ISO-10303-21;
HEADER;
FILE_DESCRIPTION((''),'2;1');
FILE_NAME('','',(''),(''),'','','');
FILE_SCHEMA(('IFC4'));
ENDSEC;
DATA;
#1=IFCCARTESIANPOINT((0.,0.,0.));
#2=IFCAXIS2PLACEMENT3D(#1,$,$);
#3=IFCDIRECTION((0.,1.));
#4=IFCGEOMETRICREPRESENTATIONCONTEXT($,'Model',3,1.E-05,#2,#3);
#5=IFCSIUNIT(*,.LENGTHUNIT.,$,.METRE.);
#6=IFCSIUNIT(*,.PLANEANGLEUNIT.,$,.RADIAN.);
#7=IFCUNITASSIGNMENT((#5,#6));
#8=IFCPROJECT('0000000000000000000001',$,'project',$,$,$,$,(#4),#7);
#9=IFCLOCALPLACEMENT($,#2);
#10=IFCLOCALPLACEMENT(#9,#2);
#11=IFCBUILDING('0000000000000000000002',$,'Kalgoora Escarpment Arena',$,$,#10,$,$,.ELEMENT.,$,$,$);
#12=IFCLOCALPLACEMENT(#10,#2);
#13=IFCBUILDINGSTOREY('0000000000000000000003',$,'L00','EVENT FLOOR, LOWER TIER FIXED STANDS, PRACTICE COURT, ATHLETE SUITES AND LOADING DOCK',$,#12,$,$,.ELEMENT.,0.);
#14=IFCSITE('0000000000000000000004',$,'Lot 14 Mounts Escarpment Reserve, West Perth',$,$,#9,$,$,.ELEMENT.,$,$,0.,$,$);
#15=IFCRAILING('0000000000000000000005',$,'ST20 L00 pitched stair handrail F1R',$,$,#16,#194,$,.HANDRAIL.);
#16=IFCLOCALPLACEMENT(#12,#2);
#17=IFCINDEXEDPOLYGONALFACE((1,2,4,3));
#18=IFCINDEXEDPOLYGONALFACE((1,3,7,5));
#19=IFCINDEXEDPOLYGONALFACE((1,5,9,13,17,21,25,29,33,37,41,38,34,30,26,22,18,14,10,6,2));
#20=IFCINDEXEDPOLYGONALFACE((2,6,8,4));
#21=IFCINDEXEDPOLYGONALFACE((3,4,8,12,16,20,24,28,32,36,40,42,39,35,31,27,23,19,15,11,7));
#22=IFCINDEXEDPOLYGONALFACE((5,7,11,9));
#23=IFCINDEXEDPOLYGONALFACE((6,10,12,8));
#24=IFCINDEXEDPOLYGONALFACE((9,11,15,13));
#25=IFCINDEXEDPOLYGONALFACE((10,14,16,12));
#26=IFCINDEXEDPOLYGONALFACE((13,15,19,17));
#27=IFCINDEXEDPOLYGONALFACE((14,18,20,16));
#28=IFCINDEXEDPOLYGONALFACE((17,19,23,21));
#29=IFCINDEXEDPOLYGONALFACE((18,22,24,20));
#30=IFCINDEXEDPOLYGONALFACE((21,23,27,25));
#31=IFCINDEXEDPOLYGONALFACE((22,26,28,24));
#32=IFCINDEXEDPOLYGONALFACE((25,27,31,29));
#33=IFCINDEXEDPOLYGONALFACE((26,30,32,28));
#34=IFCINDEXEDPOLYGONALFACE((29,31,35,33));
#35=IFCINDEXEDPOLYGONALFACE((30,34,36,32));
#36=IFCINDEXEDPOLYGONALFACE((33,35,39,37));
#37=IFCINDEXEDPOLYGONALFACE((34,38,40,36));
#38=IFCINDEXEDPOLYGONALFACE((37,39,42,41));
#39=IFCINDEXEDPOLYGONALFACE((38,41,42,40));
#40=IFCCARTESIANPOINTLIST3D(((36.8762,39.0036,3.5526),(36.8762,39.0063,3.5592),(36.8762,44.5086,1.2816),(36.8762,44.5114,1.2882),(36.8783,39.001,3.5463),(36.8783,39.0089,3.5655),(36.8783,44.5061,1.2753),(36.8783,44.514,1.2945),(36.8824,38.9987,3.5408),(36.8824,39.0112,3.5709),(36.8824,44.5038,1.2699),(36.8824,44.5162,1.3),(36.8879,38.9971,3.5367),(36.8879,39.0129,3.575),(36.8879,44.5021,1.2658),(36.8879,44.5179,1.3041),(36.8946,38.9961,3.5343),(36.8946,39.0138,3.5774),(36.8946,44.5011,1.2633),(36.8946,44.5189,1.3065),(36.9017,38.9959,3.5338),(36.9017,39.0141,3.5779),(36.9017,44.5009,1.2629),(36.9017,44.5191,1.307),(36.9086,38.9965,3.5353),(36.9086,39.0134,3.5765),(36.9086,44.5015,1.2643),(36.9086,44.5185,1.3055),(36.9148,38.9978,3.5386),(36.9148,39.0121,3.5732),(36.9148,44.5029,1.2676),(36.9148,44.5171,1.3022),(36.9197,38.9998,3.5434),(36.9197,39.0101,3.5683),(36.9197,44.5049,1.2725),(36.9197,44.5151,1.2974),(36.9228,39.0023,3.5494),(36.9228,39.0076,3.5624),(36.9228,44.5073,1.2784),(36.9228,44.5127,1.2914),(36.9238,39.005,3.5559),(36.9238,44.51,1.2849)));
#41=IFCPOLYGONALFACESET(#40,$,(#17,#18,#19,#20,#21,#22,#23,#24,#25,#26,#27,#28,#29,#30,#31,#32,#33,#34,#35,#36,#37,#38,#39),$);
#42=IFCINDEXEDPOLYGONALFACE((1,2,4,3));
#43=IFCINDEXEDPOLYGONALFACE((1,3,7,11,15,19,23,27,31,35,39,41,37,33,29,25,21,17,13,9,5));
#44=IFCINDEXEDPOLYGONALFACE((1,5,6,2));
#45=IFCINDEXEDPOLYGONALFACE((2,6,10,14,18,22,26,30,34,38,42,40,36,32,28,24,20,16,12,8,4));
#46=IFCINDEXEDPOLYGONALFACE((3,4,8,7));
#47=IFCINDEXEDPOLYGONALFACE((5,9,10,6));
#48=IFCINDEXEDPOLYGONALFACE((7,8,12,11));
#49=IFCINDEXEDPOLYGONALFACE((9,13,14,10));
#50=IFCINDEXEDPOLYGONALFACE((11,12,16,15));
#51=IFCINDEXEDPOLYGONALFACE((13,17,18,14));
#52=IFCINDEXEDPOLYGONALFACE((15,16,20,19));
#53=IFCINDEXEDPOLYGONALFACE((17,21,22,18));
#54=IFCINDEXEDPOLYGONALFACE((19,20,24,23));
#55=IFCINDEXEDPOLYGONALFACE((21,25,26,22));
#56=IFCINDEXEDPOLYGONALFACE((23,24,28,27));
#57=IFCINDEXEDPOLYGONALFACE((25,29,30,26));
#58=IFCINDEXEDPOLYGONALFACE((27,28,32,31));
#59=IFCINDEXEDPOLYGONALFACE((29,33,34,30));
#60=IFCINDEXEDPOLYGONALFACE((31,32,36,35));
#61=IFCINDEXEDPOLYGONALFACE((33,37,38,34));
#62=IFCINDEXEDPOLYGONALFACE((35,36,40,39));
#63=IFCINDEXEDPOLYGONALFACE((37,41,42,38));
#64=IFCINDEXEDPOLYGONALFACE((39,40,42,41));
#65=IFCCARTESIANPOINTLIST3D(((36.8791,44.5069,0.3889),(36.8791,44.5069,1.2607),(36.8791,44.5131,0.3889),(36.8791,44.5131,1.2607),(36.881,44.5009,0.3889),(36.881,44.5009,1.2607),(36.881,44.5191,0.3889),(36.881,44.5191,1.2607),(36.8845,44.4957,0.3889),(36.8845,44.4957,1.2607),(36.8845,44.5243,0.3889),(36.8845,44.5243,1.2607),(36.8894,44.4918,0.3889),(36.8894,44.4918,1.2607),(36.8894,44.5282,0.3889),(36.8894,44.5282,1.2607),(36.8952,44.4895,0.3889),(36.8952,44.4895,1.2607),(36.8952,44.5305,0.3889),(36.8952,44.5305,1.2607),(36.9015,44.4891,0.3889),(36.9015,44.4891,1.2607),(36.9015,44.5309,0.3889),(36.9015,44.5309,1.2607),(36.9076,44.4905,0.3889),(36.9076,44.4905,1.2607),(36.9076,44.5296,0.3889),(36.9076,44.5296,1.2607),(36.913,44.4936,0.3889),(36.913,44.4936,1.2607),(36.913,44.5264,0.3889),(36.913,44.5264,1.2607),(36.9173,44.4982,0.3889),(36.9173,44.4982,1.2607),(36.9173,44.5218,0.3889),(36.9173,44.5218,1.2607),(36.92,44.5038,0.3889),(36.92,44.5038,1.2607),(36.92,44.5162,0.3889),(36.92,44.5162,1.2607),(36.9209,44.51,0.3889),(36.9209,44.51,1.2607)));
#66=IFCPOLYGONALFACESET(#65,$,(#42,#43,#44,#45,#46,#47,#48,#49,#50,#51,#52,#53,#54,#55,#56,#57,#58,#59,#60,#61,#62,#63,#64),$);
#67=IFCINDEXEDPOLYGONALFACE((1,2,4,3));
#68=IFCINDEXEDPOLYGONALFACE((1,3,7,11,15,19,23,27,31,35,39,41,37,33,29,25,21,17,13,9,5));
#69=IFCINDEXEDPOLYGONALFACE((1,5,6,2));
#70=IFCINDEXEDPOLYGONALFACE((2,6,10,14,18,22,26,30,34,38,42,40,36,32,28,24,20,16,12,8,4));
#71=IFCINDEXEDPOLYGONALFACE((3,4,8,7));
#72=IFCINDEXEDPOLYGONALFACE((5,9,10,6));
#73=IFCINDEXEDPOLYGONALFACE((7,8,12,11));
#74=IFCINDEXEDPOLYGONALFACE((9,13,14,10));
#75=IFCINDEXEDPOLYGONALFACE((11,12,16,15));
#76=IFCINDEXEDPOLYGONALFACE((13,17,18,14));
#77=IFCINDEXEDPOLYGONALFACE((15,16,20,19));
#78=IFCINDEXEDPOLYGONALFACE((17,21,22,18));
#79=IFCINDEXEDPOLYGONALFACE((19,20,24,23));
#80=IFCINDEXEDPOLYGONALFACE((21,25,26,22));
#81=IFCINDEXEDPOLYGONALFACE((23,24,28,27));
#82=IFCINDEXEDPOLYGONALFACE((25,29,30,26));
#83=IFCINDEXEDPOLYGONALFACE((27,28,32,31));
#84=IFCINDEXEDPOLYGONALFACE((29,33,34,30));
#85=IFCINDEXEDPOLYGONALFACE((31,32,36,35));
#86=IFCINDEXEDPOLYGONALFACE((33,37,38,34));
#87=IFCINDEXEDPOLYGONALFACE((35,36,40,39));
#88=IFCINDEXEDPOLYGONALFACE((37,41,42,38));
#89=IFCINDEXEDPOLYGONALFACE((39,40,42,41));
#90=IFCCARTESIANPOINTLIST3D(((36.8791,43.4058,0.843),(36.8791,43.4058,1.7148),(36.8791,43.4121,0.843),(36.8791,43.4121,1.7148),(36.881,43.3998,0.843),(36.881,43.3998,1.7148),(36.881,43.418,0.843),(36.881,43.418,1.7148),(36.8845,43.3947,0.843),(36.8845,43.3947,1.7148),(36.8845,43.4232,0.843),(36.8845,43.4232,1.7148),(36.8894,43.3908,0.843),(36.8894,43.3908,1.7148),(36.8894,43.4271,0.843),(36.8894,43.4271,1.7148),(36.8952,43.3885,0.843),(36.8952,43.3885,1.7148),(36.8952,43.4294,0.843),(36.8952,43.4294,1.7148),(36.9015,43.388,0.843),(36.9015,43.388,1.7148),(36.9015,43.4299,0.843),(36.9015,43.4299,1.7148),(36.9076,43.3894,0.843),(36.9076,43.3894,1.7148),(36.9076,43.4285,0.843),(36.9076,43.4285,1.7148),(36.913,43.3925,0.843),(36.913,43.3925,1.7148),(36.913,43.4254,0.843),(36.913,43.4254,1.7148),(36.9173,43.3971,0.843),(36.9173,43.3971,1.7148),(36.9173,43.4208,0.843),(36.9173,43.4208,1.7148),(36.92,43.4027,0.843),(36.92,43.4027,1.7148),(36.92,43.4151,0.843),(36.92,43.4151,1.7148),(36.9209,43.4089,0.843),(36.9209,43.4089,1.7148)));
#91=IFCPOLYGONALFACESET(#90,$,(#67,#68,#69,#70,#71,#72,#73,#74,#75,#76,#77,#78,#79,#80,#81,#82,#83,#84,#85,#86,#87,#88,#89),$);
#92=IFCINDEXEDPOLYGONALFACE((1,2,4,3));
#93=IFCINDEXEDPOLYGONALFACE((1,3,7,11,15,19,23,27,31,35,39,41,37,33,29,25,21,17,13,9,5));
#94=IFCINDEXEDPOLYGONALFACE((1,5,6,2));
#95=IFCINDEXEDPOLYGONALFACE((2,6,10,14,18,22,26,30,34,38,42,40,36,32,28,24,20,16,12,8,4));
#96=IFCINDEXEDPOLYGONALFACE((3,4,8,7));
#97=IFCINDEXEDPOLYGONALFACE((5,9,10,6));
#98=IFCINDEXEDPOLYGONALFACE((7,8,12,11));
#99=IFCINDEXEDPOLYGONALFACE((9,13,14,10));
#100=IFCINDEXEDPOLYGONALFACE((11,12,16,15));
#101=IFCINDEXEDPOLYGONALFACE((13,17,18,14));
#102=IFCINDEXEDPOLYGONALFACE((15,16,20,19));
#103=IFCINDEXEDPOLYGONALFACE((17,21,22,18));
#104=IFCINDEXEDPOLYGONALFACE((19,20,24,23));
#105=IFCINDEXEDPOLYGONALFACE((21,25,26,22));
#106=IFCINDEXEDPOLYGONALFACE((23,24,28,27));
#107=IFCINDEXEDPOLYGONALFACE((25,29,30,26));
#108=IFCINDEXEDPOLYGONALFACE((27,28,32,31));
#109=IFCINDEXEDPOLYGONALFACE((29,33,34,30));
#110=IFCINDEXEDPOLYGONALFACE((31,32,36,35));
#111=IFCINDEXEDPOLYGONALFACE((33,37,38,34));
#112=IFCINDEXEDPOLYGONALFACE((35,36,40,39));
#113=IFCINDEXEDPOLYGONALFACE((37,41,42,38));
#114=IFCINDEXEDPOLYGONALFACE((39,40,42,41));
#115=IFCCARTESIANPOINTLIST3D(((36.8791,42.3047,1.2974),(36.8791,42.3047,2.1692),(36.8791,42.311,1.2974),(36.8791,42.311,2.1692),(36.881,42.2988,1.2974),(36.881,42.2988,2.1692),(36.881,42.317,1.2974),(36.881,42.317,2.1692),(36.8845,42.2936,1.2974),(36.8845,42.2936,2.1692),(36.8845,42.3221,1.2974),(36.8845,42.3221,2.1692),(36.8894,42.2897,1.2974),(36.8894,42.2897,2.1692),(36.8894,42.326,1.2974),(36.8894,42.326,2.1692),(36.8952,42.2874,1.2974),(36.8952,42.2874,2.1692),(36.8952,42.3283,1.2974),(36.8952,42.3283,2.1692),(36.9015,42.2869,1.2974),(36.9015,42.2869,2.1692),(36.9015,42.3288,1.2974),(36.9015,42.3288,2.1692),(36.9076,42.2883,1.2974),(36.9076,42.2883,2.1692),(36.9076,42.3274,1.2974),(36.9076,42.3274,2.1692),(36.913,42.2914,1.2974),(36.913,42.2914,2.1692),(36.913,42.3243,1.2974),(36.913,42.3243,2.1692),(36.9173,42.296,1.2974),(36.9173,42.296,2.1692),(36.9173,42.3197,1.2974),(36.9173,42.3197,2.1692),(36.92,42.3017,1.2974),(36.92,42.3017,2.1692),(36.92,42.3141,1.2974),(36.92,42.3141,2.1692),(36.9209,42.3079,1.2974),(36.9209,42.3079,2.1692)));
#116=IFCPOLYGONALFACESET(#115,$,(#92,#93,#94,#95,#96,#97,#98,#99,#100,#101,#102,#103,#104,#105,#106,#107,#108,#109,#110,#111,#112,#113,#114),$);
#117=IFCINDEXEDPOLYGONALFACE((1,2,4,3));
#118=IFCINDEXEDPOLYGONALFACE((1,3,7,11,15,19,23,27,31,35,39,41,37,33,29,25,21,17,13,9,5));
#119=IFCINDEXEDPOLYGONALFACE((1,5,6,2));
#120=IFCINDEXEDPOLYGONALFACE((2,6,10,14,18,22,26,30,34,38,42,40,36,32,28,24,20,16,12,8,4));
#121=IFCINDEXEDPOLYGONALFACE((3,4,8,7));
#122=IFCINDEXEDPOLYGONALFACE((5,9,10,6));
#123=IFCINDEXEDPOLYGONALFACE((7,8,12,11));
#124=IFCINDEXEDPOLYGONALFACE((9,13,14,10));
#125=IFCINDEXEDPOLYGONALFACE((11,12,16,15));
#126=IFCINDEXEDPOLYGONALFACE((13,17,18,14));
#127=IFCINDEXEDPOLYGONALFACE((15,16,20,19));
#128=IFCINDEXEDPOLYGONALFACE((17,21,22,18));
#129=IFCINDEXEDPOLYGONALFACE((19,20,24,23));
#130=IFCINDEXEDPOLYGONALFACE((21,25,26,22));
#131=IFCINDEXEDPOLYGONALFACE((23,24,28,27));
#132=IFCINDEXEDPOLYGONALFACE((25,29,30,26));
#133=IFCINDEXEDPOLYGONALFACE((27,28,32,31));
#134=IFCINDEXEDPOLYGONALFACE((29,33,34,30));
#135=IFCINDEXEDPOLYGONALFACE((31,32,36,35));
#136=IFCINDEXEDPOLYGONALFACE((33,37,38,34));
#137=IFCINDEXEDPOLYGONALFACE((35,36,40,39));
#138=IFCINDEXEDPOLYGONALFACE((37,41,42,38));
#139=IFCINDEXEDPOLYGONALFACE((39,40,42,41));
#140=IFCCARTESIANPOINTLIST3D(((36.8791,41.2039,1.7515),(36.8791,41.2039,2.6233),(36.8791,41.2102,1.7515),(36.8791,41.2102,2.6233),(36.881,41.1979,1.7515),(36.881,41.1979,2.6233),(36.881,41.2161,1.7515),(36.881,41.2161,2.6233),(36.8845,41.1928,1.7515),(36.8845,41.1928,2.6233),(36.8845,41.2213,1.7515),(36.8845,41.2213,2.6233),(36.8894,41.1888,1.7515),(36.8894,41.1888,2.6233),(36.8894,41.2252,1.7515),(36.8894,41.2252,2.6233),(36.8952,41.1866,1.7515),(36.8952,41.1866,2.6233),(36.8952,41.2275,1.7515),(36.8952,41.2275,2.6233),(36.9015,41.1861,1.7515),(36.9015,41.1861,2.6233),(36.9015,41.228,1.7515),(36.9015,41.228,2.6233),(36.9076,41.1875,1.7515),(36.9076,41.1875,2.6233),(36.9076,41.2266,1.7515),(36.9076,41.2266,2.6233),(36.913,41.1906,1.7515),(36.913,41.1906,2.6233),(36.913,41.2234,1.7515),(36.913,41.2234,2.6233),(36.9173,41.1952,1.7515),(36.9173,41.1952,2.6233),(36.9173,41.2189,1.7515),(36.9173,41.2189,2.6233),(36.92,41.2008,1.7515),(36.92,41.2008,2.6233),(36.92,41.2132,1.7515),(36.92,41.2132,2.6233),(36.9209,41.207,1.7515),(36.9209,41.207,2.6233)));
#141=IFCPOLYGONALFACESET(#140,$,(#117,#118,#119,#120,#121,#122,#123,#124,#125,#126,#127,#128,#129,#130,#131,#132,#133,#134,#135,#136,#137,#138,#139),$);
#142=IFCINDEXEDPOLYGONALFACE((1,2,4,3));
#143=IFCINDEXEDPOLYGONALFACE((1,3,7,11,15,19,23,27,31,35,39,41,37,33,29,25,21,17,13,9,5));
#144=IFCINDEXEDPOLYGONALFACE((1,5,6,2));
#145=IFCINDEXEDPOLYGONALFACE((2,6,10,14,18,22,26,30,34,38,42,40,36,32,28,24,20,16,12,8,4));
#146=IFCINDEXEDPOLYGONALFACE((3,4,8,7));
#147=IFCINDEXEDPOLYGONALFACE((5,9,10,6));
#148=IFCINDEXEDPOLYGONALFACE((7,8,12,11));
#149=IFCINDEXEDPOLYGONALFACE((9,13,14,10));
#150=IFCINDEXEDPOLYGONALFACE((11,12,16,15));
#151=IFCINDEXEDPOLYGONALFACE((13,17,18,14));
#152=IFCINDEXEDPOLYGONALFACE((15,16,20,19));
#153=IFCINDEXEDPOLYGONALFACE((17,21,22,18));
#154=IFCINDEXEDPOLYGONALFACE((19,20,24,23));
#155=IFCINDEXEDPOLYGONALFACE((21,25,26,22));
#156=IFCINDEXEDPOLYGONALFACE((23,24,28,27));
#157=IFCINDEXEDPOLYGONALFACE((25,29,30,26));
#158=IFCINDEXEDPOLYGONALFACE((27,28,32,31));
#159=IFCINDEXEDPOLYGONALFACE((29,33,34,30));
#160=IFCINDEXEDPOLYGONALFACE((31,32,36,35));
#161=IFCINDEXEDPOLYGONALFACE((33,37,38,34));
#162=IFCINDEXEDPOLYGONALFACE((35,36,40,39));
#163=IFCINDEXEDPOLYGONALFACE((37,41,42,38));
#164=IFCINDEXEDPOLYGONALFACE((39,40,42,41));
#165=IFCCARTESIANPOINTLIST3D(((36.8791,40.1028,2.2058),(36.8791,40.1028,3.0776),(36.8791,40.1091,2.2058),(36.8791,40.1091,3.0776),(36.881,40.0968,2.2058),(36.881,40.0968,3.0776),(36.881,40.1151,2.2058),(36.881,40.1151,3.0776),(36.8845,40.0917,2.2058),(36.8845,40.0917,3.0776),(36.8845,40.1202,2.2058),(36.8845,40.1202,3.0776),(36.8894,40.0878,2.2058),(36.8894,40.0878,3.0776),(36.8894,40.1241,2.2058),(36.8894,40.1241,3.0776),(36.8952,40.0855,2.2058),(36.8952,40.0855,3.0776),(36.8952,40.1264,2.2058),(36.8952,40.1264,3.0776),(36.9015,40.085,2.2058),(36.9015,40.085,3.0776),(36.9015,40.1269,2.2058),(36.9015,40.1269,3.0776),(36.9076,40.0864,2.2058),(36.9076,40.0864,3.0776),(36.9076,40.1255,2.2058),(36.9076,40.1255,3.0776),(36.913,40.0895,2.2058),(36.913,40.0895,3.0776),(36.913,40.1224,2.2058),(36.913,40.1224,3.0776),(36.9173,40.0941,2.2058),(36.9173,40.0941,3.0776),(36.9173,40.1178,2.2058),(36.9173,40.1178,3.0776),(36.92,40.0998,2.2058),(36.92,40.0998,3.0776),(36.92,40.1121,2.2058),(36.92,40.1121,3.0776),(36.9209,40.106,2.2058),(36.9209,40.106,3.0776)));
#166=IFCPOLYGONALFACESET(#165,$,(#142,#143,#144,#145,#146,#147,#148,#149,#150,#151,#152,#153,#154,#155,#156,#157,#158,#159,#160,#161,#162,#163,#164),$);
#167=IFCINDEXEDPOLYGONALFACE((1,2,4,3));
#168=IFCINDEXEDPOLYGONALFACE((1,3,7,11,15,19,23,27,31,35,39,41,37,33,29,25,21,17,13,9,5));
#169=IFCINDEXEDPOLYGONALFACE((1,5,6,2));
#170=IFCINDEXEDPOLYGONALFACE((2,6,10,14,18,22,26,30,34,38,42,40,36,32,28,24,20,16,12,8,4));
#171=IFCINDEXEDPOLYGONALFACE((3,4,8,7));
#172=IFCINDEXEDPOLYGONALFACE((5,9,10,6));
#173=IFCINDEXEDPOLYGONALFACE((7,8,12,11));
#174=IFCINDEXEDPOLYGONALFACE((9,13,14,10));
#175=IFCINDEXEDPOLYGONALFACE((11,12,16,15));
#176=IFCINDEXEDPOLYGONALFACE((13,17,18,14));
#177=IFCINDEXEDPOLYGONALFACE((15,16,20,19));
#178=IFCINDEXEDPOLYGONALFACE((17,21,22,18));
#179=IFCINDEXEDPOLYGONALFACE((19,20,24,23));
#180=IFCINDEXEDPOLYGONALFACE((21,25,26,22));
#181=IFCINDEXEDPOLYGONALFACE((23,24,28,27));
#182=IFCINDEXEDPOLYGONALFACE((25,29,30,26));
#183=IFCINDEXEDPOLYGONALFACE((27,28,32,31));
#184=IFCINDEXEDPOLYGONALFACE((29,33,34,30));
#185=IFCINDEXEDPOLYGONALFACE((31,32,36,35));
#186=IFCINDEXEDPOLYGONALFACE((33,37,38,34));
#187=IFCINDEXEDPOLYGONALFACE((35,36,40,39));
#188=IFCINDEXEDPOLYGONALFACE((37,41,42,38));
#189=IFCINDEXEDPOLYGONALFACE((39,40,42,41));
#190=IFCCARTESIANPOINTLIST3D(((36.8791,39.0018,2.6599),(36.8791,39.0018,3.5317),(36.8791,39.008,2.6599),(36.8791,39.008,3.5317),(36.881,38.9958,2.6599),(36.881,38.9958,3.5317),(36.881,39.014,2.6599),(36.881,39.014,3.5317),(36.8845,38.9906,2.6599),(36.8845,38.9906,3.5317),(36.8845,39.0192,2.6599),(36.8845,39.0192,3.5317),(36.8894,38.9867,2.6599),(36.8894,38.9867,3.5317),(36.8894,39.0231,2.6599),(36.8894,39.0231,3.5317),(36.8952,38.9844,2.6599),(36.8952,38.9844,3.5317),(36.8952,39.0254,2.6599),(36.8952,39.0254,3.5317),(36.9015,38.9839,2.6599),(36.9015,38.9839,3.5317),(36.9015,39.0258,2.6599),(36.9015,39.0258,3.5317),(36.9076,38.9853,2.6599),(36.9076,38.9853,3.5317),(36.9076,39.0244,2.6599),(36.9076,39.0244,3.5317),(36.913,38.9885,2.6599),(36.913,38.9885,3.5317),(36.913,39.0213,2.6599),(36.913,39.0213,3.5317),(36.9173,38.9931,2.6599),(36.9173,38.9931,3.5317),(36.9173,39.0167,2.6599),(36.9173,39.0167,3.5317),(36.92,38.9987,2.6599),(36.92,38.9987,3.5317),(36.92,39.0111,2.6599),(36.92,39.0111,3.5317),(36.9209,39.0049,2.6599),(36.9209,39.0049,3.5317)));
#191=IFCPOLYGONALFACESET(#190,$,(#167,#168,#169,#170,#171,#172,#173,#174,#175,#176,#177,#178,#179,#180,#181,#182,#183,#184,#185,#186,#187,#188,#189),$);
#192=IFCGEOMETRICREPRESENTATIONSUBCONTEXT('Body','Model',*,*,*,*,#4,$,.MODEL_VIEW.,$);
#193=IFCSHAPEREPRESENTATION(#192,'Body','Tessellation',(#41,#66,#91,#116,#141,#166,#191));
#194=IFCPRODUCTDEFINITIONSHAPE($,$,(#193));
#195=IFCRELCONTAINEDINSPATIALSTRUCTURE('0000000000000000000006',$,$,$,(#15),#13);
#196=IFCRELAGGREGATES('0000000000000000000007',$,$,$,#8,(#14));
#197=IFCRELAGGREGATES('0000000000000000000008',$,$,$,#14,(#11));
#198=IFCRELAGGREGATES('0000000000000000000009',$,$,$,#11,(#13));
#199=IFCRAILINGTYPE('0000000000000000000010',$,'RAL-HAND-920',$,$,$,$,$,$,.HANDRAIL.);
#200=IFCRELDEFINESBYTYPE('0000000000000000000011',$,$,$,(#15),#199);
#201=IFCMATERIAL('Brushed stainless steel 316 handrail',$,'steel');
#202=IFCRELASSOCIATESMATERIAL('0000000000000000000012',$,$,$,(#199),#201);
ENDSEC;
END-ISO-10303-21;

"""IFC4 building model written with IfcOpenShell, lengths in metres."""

from ifc_helpers import new_model, si_unit, direction, frame, origin, origin_2d, place, context, subcontext, project, spatial, circle, extrude, material, type_object, element, save


model = new_model("IFC4")

# Units and contexts
model_context = context("Model", 3, precision=1e-05, world=origin(), true_north=direction((0.0, 1.0)))
body_context = subcontext(model_context, "Body", "Model", "MODEL_VIEW")
ifc_project = project(units=[si_unit("LENGTHUNIT", "METRE"), si_unit("PLANEANGLEUNIT", "RADIAN")], contexts=[model_context])

# Site, building, storey
site_placement = place(None, origin())
site = spatial("IfcSite", under=ifc_project, at=site_placement, Name="Lot 14 Mounts Escarpment Reserve, West Perth", CompositionType="ELEMENT", RefElevation=0.0)
building_placement = place(site_placement, origin())
building = spatial("IfcBuilding", under=site, at=building_placement, Name="Kalgoora Escarpment Arena", CompositionType="ELEMENT")
storey_placement = place(building_placement, origin())
storey = spatial("IfcBuildingStorey", under=building, at=storey_placement, Name="L00", Description="EVENT FLOOR, LOWER TIER FIXED STANDS, PRACTICE COURT, ATHLETE SUITES AND LOADING DOCK", CompositionType="ELEMENT", Elevation=0.0)

# Railing
ifc_material_1 = material(Name="Brushed stainless steel 316 handrail", Category="steel")
railing_type_1 = type_object("IfcRailingType", Name="RAL-HAND-920", PredefinedType="HANDRAIL", material=ifc_material_1)
for number, where, name in (
    (1, (36.8999, 44.51, 0.3889), "ST20 L00 pitched stair handrail F1R"),
):
    element("IfcRailing", number, at=place(storey_placement, frame(where)), inside=storey, type_object=railing_type_1, Name=name, PredefinedType="HANDRAIL", context=body_context, shape_type="SweptSolid", body=[
        extrude(circle(Radius=0.0239, at=origin_2d()), frame((0.0, 0.0, 0.896), z_axis=(0.0, -0.924431, 0.38135), x_axis=(1.0, 0.0, 0.0)), (0.0, 0.0, 1.0), 5.9551),
        extrude(circle(Radius=0.021, at=origin_2d()), origin(), (0.0, 0.0, 1.0), 0.8718),
        extrude(circle(Radius=0.021, at=origin_2d()), frame((0.0, -1.1011, 0.4541)), (0.0, 0.0, 1.0), 0.8718),
        extrude(circle(Radius=0.021, at=origin_2d()), frame((0.0, -2.2021, 0.9084)), (0.0, 0.0, 1.0), 0.8718),
        extrude(circle(Radius=0.021, at=origin_2d()), frame((0.0, -3.303, 1.3625)), (0.0, 0.0, 1.0), 0.8718),
        extrude(circle(Radius=0.021, at=origin_2d()), frame((0.0, -4.4041, 1.8169)), (0.0, 0.0, 1.0), 0.8718),
        extrude(circle(Radius=0.021, at=origin_2d()), frame((0.0, -5.5051, 2.271)), (0.0, 0.0, 1.0), 0.8718),
    ])

save(model, "model.ifc")
